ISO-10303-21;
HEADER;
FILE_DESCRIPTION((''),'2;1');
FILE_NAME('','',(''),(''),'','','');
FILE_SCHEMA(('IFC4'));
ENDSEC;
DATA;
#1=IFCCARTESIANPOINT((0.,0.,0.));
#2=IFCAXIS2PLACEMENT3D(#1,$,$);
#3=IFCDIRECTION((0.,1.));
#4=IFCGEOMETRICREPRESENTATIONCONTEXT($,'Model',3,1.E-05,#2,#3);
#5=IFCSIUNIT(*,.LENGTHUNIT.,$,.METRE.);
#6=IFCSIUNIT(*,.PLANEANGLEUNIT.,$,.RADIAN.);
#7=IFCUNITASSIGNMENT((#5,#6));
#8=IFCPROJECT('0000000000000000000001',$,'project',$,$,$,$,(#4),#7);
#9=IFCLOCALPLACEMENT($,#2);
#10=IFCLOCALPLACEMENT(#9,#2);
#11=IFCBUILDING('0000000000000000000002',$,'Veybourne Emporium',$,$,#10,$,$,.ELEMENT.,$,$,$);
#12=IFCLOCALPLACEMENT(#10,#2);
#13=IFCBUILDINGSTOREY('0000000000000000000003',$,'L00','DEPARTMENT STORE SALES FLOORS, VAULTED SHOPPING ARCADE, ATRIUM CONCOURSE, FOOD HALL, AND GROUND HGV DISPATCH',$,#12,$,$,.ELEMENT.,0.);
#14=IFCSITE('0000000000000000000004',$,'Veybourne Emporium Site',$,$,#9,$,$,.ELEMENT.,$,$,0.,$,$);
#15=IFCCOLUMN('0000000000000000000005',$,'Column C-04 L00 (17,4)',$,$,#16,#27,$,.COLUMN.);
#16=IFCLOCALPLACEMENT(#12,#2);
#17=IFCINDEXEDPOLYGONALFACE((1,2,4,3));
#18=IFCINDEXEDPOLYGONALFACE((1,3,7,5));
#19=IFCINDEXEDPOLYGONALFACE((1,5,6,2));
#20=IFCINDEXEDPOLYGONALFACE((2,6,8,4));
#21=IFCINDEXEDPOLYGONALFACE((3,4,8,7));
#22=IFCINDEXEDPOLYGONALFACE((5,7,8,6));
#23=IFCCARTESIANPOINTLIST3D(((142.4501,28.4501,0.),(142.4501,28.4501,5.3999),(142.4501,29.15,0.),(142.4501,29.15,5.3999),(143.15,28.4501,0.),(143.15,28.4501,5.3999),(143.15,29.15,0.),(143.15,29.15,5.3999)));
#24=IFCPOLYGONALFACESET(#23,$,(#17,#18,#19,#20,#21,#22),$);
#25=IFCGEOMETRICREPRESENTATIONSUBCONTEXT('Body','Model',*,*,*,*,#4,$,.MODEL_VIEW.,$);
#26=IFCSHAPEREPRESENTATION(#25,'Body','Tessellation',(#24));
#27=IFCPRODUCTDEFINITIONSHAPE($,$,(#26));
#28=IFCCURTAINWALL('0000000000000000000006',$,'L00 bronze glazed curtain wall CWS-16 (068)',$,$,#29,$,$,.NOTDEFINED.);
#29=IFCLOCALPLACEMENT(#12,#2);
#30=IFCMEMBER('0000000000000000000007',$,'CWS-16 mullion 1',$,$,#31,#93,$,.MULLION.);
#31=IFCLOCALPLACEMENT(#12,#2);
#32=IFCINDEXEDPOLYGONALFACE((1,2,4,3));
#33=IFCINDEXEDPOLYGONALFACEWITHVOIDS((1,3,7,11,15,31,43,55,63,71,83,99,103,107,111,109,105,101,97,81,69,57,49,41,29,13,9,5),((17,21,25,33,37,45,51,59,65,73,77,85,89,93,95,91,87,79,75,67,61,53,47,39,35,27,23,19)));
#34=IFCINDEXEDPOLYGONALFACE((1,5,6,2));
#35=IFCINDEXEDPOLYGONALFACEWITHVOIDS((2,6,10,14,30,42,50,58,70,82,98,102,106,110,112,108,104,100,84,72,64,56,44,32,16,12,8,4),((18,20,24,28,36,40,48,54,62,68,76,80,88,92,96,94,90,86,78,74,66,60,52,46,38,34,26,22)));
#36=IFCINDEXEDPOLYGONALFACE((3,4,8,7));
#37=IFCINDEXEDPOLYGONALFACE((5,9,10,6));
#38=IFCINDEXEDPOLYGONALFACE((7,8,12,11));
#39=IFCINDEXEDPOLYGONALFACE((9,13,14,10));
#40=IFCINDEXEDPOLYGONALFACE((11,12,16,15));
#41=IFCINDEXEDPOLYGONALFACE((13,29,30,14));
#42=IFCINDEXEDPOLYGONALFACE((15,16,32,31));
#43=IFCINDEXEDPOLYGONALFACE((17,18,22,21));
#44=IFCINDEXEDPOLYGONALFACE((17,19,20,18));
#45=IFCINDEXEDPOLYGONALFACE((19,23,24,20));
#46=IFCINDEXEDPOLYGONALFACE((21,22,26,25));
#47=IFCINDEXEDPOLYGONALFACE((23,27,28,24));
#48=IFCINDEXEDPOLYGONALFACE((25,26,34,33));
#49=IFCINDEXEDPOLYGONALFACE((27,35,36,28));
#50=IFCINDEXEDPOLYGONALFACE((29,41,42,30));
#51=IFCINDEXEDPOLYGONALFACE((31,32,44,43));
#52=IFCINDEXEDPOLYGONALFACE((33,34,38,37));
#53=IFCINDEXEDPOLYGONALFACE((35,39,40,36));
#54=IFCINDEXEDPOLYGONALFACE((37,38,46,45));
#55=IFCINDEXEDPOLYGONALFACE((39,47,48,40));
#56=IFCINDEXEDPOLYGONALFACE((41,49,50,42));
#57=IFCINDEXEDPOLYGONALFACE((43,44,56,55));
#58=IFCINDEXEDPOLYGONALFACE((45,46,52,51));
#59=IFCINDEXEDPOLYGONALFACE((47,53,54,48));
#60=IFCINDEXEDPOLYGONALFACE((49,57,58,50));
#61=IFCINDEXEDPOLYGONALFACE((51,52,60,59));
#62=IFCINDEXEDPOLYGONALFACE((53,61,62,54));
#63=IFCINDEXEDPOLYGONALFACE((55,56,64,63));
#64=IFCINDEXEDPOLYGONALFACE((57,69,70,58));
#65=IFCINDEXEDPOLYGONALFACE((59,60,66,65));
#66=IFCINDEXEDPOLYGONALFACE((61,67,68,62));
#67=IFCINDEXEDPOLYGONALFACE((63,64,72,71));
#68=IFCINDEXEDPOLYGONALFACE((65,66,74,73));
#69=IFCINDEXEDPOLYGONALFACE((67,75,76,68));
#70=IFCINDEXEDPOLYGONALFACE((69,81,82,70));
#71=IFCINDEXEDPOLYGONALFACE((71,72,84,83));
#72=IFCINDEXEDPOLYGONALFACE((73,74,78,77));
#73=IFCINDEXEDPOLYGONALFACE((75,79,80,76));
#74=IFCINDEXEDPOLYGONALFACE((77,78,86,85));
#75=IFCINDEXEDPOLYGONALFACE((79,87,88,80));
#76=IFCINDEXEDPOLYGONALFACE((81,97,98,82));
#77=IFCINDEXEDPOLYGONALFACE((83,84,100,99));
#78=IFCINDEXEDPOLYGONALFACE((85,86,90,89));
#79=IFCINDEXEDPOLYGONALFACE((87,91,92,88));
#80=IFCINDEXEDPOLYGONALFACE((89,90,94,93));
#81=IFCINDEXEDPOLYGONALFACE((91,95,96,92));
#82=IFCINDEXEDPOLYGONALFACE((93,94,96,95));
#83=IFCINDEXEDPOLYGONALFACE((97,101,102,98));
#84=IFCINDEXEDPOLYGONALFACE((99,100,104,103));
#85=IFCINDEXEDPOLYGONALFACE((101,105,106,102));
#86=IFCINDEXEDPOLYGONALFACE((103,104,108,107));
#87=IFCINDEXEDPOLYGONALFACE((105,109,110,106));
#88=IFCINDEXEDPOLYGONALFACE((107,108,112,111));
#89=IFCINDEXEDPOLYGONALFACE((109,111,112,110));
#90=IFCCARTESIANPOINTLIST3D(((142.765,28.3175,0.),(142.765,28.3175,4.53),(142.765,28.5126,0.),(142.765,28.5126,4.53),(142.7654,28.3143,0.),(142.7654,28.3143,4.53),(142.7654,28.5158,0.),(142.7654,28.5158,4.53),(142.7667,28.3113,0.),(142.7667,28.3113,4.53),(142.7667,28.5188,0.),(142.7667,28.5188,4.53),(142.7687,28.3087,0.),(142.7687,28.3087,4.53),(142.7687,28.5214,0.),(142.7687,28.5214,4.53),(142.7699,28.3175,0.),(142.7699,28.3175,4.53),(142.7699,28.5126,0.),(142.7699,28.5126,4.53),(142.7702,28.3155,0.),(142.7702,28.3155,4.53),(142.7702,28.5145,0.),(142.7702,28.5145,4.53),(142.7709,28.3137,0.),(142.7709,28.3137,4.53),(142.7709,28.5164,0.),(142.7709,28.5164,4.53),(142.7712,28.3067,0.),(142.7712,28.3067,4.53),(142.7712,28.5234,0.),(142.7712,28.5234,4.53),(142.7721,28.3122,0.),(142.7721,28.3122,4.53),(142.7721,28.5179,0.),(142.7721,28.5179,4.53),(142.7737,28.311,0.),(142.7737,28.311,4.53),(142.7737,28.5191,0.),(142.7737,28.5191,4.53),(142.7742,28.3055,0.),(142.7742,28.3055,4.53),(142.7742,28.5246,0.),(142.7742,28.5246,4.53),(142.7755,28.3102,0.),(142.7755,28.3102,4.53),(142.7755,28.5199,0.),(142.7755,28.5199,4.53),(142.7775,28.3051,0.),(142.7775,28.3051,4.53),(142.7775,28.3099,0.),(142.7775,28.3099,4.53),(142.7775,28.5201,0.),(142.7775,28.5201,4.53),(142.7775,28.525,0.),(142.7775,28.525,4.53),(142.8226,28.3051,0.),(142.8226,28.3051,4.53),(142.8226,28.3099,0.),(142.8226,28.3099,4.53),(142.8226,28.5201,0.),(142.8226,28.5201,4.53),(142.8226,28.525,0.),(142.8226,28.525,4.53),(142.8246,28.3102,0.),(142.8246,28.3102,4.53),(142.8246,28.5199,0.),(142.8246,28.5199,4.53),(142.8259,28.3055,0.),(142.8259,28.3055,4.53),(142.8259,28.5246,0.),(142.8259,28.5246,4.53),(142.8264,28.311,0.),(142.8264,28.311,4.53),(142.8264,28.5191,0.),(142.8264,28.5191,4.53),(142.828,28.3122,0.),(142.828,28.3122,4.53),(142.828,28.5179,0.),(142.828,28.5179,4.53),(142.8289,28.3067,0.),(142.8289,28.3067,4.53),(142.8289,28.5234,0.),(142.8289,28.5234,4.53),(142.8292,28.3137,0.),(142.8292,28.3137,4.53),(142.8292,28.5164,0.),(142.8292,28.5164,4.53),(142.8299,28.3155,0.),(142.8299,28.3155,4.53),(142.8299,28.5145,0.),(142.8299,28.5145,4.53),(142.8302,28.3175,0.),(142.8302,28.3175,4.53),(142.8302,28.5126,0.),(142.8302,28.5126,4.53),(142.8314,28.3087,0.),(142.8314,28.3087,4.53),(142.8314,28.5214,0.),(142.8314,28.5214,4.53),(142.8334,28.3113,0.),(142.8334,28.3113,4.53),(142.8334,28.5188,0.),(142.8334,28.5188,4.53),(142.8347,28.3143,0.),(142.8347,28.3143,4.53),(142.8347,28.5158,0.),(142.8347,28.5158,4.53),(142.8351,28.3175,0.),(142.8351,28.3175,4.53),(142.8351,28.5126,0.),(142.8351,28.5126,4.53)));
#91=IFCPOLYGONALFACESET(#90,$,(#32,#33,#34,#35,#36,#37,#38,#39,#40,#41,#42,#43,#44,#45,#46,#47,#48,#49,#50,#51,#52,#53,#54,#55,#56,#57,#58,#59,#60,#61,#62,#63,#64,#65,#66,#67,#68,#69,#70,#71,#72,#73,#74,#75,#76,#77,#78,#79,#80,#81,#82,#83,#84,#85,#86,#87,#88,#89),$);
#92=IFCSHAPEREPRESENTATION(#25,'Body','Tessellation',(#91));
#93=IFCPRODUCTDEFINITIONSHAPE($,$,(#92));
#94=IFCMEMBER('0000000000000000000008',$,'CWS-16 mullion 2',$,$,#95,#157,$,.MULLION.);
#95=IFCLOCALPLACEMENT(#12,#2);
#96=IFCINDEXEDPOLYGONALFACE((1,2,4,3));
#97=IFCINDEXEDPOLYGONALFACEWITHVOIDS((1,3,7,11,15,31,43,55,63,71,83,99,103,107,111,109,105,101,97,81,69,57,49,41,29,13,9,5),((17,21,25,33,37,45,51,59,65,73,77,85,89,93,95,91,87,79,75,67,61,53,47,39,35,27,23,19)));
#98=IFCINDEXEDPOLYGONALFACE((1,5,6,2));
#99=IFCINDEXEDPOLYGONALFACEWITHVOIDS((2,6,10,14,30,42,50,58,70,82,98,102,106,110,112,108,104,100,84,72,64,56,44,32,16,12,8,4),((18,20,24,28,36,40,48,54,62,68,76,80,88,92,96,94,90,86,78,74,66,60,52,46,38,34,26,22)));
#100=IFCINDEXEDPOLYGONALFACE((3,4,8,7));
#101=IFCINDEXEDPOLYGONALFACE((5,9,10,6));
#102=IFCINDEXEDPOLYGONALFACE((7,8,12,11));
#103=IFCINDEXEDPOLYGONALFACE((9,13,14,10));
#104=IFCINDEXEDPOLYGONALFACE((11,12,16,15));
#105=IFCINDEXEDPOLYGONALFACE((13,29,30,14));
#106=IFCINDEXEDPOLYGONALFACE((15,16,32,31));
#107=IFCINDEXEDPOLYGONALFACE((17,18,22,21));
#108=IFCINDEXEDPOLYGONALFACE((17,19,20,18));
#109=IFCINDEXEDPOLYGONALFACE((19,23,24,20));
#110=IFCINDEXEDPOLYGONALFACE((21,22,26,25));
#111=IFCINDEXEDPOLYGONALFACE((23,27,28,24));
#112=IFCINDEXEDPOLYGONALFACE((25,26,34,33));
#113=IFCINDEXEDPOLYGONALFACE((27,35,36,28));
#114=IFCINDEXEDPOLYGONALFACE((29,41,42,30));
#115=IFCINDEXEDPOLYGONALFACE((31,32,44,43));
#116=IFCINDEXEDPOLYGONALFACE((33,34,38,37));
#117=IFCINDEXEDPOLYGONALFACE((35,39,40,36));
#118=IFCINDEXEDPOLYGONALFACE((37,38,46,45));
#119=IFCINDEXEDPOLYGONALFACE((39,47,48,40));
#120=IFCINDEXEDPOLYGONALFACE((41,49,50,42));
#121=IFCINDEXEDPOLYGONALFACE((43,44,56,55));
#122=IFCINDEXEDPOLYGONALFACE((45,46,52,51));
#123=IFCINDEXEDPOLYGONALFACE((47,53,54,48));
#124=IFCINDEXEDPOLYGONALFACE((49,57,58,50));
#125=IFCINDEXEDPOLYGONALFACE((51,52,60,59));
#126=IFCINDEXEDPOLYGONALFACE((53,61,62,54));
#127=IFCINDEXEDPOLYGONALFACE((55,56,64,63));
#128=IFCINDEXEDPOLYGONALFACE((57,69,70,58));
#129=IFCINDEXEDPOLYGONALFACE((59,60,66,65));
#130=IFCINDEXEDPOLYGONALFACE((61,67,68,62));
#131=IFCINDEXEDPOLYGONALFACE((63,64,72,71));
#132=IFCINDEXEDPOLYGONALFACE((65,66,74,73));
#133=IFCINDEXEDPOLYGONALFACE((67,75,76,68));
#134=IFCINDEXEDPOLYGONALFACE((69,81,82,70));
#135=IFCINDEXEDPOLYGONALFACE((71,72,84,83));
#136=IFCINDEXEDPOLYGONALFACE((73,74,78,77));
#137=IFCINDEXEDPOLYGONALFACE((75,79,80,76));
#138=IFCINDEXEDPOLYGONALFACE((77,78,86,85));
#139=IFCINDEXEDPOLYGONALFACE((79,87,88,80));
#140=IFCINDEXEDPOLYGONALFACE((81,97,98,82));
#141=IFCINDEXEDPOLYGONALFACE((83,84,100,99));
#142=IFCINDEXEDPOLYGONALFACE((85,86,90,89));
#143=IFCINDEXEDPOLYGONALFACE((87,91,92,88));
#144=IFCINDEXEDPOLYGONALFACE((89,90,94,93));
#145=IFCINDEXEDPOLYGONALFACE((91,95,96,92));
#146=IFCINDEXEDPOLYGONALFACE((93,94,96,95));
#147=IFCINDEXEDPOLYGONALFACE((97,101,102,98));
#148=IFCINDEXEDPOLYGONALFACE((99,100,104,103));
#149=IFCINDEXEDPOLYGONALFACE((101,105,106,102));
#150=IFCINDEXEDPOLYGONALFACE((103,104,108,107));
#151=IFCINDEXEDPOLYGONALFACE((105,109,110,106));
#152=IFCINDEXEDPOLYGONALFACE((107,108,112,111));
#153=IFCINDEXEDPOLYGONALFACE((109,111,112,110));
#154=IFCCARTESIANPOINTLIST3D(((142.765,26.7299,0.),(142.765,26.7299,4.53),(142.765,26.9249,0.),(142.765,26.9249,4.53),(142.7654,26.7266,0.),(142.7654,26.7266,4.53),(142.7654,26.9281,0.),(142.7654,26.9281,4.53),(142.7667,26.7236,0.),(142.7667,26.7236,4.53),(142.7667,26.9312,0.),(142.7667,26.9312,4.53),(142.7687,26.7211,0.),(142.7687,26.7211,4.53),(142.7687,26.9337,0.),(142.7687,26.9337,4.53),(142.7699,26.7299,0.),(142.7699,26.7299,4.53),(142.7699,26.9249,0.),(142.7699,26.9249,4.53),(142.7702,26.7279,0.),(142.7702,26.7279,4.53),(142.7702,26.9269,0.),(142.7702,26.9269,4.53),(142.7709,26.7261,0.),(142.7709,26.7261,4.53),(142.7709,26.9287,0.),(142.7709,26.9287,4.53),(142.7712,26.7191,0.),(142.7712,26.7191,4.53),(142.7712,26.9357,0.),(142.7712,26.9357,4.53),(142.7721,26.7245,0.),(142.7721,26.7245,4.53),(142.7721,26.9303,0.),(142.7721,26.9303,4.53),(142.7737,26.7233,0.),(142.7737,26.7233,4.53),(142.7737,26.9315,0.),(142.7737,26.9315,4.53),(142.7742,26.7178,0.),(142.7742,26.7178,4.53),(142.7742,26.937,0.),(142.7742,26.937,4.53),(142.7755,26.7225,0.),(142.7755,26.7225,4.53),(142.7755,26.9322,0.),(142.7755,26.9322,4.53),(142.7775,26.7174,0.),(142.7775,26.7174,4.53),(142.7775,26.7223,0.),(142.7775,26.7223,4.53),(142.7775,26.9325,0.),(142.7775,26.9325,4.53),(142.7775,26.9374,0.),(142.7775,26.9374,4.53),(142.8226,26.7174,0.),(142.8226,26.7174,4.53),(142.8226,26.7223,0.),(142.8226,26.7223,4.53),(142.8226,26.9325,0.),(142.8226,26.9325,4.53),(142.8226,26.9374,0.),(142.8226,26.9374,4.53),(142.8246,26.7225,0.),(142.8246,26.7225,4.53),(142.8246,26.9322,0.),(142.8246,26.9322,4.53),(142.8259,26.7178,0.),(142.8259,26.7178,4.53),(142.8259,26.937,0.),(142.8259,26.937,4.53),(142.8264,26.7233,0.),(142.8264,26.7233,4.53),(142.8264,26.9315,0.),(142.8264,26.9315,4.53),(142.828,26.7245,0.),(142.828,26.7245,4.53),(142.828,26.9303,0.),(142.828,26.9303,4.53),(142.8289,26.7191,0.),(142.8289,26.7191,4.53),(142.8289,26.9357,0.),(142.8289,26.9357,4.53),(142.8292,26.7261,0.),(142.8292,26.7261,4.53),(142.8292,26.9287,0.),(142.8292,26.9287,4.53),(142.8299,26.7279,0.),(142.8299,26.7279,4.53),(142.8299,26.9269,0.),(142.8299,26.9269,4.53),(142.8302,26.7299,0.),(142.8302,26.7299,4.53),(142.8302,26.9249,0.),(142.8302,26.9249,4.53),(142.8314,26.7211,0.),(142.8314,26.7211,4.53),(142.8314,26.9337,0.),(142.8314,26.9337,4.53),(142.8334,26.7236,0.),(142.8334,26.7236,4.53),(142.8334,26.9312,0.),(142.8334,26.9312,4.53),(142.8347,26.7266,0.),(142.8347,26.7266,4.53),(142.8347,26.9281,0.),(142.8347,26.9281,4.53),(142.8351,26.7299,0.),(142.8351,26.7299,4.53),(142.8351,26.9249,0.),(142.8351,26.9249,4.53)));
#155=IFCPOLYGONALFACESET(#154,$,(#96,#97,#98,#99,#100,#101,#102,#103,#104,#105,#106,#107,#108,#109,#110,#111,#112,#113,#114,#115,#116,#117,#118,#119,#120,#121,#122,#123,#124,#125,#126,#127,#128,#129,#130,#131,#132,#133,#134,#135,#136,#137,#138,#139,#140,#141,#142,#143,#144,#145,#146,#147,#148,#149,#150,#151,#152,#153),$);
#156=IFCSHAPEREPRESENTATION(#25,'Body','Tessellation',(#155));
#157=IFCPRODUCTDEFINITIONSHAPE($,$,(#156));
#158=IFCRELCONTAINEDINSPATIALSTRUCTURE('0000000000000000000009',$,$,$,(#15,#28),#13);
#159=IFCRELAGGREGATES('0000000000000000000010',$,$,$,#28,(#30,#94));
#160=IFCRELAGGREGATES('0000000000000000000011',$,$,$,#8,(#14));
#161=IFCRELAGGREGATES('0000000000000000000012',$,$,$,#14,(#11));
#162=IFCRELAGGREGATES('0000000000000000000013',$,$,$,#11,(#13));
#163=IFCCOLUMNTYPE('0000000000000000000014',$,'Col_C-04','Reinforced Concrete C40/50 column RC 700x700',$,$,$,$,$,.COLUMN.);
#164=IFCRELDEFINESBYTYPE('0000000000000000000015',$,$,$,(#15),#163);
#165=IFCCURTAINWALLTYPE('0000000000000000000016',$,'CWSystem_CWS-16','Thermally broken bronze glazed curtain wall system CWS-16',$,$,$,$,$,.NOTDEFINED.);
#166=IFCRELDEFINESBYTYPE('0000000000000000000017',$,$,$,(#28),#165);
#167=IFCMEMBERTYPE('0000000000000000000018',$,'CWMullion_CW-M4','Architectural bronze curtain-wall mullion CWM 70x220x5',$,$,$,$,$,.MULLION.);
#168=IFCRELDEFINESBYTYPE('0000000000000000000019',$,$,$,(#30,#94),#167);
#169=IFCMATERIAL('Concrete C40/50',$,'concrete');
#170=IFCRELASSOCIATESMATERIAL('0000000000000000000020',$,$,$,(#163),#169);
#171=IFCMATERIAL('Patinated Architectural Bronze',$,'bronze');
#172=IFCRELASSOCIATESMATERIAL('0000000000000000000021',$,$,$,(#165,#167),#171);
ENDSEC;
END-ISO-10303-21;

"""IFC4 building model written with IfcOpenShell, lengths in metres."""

from ifc_helpers import new_model, si_unit, direction, frame, origin, origin_2d, place, context, subcontext, project, spatial, rectangle, hollow_rectangle, extrude, material, material_profile, profile_set, type_object, element, aggregate, save


model = new_model("IFC4")

# Units and contexts
model_context = context("Model", 3, precision=1e-05, world=origin(), true_north=direction((0.0, 1.0)))
body_context = subcontext(model_context, "Body", "Model", "MODEL_VIEW")
ifc_project = project(units=[si_unit("LENGTHUNIT", "METRE"), si_unit("PLANEANGLEUNIT", "RADIAN")], contexts=[model_context])

# Site, building, storey
site_placement = place(None, origin())
site = spatial("IfcSite", under=ifc_project, at=site_placement, Name="Veybourne Emporium Site", CompositionType="ELEMENT", RefElevation=0.0)
building_placement = place(site_placement, origin())
building = spatial("IfcBuilding", under=site, at=building_placement, Name="Veybourne Emporium", CompositionType="ELEMENT")
storey_placement = place(building_placement, origin())
storey = spatial("IfcBuildingStorey", under=building, at=storey_placement, Name="L00", Description="DEPARTMENT STORE SALES FLOORS, VAULTED SHOPPING ARCADE, ATRIUM CONCOURSE, FOOD HALL, AND GROUND HGV DISPATCH", CompositionType="ELEMENT", Elevation=0.0)

# Column
ifc_material_1 = material(Name="Concrete C40/50", Category="concrete")
ifc_material_profile_1 = material_profile(ifc_material_1, rectangle(XDim=0.7, YDim=0.7, at=origin_2d()), Name="RC 700x700")
ifc_profile_set_1 = profile_set([ifc_material_profile_1], Name="Concrete C40/50")
column_type = type_object("IfcColumnType", Name="Col_C-04", Description="Reinforced Concrete C40/50 column RC 700x700", PredefinedType="COLUMN", material=ifc_profile_set_1)
column_placement = place(storey_placement, frame((142.8, 28.8, 0.0), z_axis=(0.0, 0.0, 1.0), x_axis=(1.0, 0.0, 0.0)))
element("IfcColumn", 1, at=column_placement, inside=storey, type_object=column_type, Name="Column C-04 L00 (17,4)", PredefinedType="COLUMN", context=body_context, shape_type="SweptSolid", body=[
    extrude(rectangle(XDim=0.7, YDim=0.7, at=origin_2d()), origin(), (0.0, 0.0, 1.0), 5.3999),
])

# Curtain wall, members
ifc_material_2 = material(Name="Patinated Architectural Bronze", Category="bronze")
curtain_wall_type = type_object("IfcCurtainWallType", Name="CWSystem_CWS-16", Description="Thermally broken bronze glazed curtain wall system CWS-16", PredefinedType="NOTDEFINED", material=ifc_material_2)
curtain_wall_placement = place(storey_placement, origin())
curtain_wall = element("IfcCurtainWall", 2, at=curtain_wall_placement, inside=storey, type_object=curtain_wall_type, Name="L00 bronze glazed curtain wall CWS-16 (068)", PredefinedType="NOTDEFINED")
ifc_material_profile_2 = material_profile(ifc_material_2, hollow_rectangle(XDim=0.0701, YDim=0.22, WallThickness=0.0049, InnerFilletRadius=0.0076, OuterFilletRadius=0.0125, at=origin_2d()), Name="CWM 70x220x5")
ifc_profile_set_2 = profile_set([ifc_material_profile_2], Name="Patinated Architectural Bronze")
member_type_1 = type_object("IfcMemberType", Name="CWMullion_CW-M4", Description="Architectural bronze curtain-wall mullion CWM 70x220x5", PredefinedType="MULLION", material=ifc_profile_set_2)
member_1_placement = place(storey_placement, frame((142.8, 28.415, 0.0), z_axis=(0.0, 0.0, 1.0), x_axis=(1.0, 0.0, 0.0)))
member_1 = element("IfcMember", 3, at=member_1_placement, type_object=member_type_1, Name="CWS-16 mullion 1", PredefinedType="MULLION", context=body_context, shape_type="SweptSolid", body=[
    extrude(hollow_rectangle(XDim=0.0701, YDim=0.22, WallThickness=0.0049, InnerFilletRadius=0.0076, OuterFilletRadius=0.0125, at=origin_2d()), origin(), (0.0, 0.0, 1.0), 4.53),
])
member_2_placement = place(storey_placement, frame((142.8, 26.8274, 0.0), z_axis=(0.0, 0.0, 1.0), x_axis=(1.0, 0.0, 0.0)))
member_2 = element("IfcMember", 4, at=member_2_placement, type_object=member_type_1, Name="CWS-16 mullion 2", PredefinedType="MULLION", context=body_context, shape_type="SweptSolid", body=[
    extrude(hollow_rectangle(XDim=0.0701, YDim=0.22, WallThickness=0.0049, InnerFilletRadius=0.0076, OuterFilletRadius=0.0125, at=origin_2d()), origin(), (0.0, 0.0, 1.0), 4.53),
])

aggregate(curtain_wall, [member_1, member_2])

save(model, "model.ifc")
